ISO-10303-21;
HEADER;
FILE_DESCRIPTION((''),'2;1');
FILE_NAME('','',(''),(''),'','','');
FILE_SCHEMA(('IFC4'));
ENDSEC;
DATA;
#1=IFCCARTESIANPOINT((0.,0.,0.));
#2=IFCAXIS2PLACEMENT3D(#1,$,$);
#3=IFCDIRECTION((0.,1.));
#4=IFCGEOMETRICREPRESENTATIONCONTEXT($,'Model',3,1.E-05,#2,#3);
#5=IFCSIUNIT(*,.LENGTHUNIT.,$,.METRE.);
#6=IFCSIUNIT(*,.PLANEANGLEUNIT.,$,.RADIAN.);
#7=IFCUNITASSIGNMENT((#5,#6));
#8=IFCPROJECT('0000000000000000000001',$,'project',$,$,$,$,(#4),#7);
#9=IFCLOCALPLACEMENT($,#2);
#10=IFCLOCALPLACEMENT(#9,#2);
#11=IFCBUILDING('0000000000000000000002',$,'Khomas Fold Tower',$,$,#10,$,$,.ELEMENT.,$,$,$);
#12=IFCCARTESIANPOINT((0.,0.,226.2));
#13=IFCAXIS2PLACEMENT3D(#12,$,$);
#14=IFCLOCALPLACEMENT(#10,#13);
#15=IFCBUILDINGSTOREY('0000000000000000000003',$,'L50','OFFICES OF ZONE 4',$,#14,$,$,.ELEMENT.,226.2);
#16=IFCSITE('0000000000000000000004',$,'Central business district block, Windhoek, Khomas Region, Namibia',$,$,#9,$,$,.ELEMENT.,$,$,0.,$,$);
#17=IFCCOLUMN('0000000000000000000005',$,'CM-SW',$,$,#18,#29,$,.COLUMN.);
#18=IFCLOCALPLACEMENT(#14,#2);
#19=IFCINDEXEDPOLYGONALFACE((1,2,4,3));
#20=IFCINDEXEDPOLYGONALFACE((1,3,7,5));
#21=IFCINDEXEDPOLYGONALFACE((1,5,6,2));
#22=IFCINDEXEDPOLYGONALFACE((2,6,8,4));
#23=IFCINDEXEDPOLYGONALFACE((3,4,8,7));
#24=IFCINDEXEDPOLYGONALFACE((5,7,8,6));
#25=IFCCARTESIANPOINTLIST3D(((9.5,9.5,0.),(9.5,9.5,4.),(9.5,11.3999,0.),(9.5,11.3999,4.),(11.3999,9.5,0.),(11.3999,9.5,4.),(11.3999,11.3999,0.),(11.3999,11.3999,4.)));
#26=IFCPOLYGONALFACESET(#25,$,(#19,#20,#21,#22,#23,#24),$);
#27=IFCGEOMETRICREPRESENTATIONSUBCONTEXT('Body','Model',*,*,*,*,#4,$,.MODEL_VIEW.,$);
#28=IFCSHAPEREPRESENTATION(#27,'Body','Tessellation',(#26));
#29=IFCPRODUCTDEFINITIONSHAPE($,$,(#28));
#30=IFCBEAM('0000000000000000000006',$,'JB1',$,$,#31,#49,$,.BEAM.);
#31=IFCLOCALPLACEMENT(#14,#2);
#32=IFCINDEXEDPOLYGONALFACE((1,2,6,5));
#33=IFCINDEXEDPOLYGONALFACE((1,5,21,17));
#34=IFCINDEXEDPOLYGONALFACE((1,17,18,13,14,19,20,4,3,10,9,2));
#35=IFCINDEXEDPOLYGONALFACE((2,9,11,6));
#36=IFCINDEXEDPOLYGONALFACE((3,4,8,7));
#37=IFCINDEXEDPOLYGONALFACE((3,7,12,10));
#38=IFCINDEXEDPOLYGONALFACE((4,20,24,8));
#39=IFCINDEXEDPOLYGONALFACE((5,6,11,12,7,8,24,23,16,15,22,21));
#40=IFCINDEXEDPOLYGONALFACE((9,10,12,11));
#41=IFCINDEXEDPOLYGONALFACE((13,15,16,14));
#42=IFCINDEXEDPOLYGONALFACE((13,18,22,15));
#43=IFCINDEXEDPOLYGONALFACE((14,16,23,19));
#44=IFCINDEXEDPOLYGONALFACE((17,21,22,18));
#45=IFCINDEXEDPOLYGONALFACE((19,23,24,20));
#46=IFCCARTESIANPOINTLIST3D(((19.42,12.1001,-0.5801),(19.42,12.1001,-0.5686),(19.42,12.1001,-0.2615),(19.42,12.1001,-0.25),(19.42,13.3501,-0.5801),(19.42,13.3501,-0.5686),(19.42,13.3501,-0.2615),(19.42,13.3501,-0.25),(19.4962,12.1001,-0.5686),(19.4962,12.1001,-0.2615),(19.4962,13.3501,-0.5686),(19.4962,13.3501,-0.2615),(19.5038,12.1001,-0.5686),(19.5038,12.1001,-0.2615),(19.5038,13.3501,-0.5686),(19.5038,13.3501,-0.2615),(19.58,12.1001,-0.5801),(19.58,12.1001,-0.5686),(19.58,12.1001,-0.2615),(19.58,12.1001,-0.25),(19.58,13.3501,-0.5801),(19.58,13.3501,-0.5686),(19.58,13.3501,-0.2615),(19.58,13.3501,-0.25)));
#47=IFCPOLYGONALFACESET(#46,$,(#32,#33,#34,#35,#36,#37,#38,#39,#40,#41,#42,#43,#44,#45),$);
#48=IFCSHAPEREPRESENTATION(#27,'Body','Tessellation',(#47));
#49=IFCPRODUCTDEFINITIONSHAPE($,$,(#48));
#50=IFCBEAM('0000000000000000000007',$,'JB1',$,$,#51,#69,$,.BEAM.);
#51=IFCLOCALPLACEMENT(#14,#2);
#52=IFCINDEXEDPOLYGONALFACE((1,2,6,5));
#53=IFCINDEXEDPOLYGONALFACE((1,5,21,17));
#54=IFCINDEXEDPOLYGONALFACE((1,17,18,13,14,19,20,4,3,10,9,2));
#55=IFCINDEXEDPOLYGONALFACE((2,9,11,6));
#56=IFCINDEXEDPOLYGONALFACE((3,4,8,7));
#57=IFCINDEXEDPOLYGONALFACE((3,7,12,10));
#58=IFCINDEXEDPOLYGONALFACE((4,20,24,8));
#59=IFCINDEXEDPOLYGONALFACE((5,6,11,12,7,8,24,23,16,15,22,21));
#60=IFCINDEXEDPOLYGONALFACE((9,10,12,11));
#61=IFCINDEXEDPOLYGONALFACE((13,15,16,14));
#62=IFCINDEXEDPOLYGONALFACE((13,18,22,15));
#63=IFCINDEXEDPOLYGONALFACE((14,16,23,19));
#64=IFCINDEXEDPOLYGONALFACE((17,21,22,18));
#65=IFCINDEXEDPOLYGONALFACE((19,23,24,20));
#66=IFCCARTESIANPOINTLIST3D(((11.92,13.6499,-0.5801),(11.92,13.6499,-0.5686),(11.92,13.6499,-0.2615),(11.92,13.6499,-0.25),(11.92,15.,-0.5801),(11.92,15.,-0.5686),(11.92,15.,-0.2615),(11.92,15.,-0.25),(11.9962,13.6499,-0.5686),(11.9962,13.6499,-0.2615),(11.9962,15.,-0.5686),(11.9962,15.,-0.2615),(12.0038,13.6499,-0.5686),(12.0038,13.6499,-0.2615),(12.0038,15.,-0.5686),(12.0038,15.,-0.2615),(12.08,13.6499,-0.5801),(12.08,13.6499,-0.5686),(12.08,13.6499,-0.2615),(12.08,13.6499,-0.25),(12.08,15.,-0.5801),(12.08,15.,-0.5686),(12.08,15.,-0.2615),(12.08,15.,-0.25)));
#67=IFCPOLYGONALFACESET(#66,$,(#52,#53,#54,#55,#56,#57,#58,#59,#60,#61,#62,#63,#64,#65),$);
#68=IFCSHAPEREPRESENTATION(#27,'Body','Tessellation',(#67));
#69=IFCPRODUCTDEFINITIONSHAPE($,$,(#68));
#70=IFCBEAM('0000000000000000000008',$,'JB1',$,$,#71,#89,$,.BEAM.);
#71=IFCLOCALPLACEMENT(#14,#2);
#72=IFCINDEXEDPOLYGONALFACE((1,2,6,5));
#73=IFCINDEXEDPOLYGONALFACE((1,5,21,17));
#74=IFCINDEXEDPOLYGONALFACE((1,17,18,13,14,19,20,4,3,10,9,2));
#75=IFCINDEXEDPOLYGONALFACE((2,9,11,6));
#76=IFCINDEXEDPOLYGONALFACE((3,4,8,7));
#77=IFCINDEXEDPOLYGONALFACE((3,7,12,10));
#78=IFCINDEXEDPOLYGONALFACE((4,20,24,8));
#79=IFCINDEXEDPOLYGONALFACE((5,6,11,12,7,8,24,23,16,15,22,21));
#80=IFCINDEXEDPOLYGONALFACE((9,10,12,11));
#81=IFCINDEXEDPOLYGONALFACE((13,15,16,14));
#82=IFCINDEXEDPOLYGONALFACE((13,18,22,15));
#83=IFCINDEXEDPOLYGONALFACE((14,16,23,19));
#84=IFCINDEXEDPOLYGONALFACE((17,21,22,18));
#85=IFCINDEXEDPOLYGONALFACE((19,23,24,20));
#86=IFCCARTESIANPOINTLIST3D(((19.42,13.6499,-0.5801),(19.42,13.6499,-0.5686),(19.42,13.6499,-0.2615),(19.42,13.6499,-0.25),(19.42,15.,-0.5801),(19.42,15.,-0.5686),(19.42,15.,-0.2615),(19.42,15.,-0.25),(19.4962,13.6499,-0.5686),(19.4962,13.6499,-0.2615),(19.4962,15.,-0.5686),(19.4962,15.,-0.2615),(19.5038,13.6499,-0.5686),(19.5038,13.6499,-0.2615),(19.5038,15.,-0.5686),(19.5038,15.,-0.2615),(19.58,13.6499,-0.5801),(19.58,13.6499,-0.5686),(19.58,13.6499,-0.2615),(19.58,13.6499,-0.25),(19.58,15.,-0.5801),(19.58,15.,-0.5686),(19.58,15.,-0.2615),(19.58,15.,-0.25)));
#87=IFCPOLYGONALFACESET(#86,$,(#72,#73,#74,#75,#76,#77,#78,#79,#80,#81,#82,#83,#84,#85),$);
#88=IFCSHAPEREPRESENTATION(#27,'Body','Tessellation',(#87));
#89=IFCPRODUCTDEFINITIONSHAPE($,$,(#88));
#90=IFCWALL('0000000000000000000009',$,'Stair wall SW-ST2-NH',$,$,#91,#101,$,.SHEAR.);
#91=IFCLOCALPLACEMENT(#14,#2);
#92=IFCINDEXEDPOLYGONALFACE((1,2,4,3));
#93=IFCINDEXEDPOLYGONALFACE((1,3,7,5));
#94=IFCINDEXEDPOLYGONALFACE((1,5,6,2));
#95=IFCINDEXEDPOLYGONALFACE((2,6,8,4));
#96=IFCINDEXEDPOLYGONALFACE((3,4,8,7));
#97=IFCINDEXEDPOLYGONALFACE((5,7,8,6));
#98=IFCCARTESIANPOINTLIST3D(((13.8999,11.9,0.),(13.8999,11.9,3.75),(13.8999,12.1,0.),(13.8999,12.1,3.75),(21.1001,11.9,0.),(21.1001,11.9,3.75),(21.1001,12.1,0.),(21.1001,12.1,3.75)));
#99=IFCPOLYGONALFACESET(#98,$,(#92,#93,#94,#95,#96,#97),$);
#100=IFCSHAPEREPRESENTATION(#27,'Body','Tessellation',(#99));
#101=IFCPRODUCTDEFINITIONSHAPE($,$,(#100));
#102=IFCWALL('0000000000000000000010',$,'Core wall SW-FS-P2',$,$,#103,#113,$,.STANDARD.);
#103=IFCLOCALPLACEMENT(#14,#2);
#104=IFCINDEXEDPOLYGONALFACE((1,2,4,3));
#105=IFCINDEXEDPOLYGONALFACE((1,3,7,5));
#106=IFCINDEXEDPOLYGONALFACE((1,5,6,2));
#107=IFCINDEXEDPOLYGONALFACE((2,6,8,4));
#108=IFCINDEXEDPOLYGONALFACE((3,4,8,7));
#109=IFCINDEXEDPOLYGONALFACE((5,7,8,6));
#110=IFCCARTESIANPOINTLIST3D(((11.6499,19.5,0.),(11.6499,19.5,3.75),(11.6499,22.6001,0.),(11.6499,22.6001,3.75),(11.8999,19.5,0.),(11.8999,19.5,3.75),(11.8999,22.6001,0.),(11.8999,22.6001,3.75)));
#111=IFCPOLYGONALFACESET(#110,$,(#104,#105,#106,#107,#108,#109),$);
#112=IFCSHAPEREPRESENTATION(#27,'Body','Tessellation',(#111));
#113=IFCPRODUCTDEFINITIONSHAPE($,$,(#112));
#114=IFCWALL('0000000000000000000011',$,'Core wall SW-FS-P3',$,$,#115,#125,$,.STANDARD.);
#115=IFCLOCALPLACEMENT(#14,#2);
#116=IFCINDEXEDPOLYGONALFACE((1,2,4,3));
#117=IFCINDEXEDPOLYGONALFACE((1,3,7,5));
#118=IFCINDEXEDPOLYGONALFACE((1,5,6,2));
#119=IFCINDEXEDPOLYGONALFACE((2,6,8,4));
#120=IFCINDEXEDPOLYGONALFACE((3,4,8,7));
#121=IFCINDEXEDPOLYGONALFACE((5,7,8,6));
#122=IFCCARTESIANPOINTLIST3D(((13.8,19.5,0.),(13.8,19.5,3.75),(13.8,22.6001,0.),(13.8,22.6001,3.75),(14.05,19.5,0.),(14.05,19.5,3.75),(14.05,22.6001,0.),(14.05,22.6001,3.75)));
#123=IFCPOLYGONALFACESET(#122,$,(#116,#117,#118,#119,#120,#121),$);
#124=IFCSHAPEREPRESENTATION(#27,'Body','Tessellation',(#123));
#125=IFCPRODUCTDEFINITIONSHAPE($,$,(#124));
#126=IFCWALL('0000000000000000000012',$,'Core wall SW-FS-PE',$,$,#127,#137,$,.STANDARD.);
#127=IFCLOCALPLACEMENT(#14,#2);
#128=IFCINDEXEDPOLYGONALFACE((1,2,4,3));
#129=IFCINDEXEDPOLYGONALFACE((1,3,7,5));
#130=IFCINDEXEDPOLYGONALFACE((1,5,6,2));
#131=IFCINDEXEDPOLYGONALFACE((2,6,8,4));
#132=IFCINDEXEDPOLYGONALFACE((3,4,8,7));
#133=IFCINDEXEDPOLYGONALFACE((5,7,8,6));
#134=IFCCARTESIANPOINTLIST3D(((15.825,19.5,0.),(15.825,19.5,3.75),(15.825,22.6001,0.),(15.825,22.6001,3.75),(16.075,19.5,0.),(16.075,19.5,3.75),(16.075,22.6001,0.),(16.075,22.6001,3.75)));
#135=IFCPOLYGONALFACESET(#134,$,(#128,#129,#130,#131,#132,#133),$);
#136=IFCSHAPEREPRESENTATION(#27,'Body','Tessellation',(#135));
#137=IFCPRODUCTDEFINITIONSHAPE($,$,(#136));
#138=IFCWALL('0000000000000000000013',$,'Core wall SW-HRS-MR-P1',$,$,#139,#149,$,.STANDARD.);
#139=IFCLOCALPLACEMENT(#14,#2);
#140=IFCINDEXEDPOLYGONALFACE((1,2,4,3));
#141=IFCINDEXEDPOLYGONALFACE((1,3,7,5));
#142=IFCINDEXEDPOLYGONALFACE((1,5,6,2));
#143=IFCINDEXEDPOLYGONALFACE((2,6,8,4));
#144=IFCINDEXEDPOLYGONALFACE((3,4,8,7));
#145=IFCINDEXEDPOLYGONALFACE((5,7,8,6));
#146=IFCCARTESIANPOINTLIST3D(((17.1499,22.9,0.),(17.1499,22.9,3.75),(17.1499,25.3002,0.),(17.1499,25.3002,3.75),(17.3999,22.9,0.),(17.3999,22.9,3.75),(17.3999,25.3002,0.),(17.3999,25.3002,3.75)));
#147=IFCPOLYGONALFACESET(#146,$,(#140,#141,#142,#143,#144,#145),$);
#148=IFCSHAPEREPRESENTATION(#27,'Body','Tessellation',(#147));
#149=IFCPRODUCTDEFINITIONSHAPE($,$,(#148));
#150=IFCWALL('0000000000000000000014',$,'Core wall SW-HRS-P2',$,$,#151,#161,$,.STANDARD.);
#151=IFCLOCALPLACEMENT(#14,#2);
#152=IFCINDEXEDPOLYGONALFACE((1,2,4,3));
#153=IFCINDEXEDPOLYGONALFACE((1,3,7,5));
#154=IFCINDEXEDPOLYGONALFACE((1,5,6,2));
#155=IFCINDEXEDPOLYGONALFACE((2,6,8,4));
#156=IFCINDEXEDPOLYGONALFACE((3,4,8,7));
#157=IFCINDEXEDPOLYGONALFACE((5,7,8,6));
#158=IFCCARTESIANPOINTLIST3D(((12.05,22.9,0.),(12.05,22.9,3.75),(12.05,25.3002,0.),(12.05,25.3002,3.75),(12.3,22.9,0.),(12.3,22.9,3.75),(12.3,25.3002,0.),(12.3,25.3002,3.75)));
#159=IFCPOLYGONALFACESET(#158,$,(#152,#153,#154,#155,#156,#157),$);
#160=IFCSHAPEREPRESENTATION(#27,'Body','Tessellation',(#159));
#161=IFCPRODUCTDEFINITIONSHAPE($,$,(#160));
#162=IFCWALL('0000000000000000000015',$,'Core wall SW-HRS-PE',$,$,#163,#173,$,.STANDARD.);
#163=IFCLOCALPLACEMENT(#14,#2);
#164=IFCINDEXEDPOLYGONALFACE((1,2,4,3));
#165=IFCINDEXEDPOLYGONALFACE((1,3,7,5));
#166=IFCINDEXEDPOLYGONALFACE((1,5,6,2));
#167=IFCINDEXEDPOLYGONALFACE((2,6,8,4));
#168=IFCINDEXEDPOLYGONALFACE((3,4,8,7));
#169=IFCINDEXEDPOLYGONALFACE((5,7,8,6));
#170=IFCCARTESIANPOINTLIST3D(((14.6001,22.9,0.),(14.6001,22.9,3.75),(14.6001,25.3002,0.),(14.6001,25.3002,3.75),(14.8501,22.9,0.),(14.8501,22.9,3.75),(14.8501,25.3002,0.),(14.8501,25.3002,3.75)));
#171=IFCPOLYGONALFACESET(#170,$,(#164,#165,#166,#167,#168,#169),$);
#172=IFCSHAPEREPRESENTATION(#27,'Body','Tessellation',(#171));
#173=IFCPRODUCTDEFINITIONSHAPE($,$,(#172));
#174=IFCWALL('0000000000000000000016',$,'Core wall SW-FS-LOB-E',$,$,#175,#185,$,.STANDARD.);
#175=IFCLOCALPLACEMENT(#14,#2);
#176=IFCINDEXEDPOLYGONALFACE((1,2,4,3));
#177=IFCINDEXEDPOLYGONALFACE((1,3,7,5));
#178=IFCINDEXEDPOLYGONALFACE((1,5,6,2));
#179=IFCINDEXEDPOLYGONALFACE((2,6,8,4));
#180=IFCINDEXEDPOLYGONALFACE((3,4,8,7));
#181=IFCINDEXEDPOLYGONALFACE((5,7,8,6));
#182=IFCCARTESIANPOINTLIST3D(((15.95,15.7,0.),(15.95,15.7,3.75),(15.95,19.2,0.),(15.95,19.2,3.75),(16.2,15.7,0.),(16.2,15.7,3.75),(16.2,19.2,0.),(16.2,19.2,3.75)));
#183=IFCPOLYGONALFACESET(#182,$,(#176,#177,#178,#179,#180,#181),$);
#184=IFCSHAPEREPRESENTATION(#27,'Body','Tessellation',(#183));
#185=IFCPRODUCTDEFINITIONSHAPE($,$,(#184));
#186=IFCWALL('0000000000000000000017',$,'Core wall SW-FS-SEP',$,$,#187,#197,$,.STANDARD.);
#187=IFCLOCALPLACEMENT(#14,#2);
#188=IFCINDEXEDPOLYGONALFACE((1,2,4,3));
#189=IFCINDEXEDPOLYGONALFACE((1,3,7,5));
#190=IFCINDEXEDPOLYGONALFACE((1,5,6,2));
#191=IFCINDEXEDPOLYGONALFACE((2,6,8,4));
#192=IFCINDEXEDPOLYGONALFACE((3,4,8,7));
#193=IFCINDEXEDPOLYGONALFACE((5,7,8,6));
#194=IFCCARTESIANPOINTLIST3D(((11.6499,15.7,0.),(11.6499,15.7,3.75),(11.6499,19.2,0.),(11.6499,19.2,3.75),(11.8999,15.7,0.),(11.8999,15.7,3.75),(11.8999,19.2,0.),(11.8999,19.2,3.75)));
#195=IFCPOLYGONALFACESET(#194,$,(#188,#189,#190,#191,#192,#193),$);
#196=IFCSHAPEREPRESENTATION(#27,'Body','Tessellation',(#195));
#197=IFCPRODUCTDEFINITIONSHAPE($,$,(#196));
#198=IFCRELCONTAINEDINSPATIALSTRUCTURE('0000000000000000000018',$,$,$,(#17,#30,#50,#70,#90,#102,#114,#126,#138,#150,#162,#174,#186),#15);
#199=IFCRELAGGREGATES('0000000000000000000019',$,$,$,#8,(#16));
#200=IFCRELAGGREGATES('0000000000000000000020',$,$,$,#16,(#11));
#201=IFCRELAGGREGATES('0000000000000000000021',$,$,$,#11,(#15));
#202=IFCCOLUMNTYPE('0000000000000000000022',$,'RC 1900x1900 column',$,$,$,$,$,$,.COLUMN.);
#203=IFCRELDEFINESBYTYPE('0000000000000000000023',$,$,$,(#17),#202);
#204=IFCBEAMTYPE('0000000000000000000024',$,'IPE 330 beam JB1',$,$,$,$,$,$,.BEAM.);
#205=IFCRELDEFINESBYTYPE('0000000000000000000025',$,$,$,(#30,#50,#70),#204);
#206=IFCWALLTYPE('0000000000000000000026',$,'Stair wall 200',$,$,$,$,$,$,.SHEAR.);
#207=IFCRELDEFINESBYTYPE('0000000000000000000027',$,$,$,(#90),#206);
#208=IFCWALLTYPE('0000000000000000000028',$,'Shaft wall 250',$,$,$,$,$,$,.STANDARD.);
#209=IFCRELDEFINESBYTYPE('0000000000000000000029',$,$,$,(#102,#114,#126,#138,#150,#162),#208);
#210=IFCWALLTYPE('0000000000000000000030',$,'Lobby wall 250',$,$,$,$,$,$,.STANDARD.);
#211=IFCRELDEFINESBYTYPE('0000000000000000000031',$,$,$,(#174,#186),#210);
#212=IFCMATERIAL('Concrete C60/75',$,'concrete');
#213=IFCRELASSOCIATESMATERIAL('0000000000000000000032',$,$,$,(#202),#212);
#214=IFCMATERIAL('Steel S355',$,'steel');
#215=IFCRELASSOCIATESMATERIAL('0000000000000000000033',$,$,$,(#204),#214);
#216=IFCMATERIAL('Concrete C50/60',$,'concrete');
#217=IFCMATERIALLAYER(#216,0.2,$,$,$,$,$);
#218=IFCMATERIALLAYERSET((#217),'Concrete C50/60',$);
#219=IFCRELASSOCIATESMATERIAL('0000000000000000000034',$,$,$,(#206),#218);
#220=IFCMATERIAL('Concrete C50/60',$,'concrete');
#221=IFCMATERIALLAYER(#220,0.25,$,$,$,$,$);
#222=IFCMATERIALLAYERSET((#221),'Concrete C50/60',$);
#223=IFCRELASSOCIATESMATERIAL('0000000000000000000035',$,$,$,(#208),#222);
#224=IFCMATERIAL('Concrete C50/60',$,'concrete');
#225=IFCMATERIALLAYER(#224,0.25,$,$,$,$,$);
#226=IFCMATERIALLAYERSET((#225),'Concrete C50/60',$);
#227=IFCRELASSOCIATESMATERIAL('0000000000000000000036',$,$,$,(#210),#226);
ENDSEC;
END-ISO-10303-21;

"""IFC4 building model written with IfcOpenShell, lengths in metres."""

from ifc_helpers import new_model, si_unit, direction, frame, frame_2d, origin, origin_2d, place, context, subcontext, project, spatial, rectangle, i_section, extrude, source, transform, mapped, material, layer, layer_set, material_profile, profile_set, type_object, element, save


model = new_model("IFC4")

# Units and contexts
model_context = context("Model", 3, precision=1e-05, world=origin(), true_north=direction((0.0, 1.0)))
body_context = subcontext(model_context, "Body", "Model", "MODEL_VIEW")
ifc_project = project(units=[si_unit("LENGTHUNIT", "METRE"), si_unit("PLANEANGLEUNIT", "RADIAN")], contexts=[model_context])

# Site, building, storey
site_placement = place(None, origin())
site = spatial("IfcSite", under=ifc_project, at=site_placement, Name="Central business district block, Windhoek, Khomas Region, Namibia", CompositionType="ELEMENT", RefElevation=0.0)
building_placement = place(site_placement, origin())
building = spatial("IfcBuilding", under=site, at=building_placement, Name="Khomas Fold Tower", CompositionType="ELEMENT")
storey_placement = place(building_placement, frame((0.0, 0.0, 226.2)))
storey = spatial("IfcBuildingStorey", under=building, at=storey_placement, Name="L50", Description="OFFICES OF ZONE 4", CompositionType="ELEMENT", Elevation=226.2)

# Column
ifc_material_1 = material(Name="Concrete C60/75", Category="concrete")
ifc_material_profile_1 = material_profile(ifc_material_1, rectangle(XDim=1.8999, YDim=1.8999, at=origin_2d()), Name="RC 1900x1900")
ifc_profile_set_1 = profile_set([ifc_material_profile_1], Name="Concrete C60/75")
column_type = type_object("IfcColumnType", Name="RC 1900x1900 column", PredefinedType="COLUMN", material=ifc_profile_set_1)
shared_shape_1 = source(origin(), body_context, "Body", "SweptSolid", [
    extrude(rectangle(XDim=1.8999, YDim=1.8999, at=origin_2d()), origin(), (0.0, 0.0, 1.0), 4.0),
])
column_placement = place(storey_placement, frame((10.45, 10.45, 0.0), z_axis=(0.0, 0.0, 1.0), x_axis=(1.0, 0.0, 0.0)))
element("IfcColumn", 1, at=column_placement, inside=storey, type_object=column_type, Name="CM-SW", PredefinedType="COLUMN", context=body_context, shape_type="MappedRepresentation", body=[
    mapped(shared_shape_1, transform((0.0, 0.0, 0.0))),
])

# Beams
ifc_material_2 = material(Name="Steel S355", Category="steel")
ifc_material_profile_2 = material_profile(ifc_material_2, i_section(OverallWidth=0.1599, OverallDepth=0.3301, WebThickness=0.0076, FlangeThickness=0.0115, at=origin_2d()), Name="IPE 330")
ifc_profile_set_2 = profile_set([ifc_material_profile_2], Name="Steel S355")
beam_type = type_object("IfcBeamType", Name="IPE 330 beam JB1", PredefinedType="BEAM", material=ifc_profile_set_2)
shared_shape_2 = source(origin(), body_context, "Body", "SweptSolid", [
    extrude(i_section(OverallWidth=0.1599, OverallDepth=0.3301, WebThickness=0.0076, FlangeThickness=0.0115, at=origin_2d()), origin(), (0.0, 0.0, 1.0), 1.25),
])
beam_placement = place(storey_placement, frame((19.5, 12.1001, -0.415), z_axis=(0.0, 1.0, 0.0), x_axis=(-1.0, 0.0, 0.0)))
element("IfcBeam", 2, at=beam_placement, inside=storey, type_object=beam_type, Name="JB1", PredefinedType="BEAM", context=body_context, shape_type="MappedRepresentation", body=[
    mapped(shared_shape_2, transform((0.0, 0.0, 0.0))),
])
shared_shape_3 = source(origin(), body_context, "Body", "SweptSolid", [
    extrude(i_section(OverallWidth=0.1599, OverallDepth=0.3301, WebThickness=0.0076, FlangeThickness=0.0115, at=origin_2d()), origin(), (0.0, 0.0, 1.0), 1.3501),
])
for number, where, z_axis, x_axis, name in (
    (3, (12.0, 13.6499, -0.415), (0.0, 1.0, 0.0), (-1.0, 0.0, 0.0), "JB1"),
    (4, (19.5, 13.6499, -0.415), (0.0, 1.0, 0.0), (-1.0, 0.0, 0.0), "JB1"),
):
    element("IfcBeam", number, at=place(storey_placement, frame(where, z_axis=z_axis, x_axis=x_axis)), inside=storey, type_object=beam_type, Name=name, PredefinedType="BEAM", context=body_context, shape_type="MappedRepresentation", body=[
        mapped(shared_shape_3, transform((0.0, 0.0, 0.0))),
    ])

# Walls
ifc_material_3 = material(Name="Concrete C50/60", Category="concrete")
ifc_layer_1 = layer(ifc_material_3, 0.2)
ifc_layer_set_1 = layer_set([ifc_layer_1], Name="Concrete C50/60")
wall_type_1 = type_object("IfcWallType", Name="Stair wall 200", PredefinedType="SHEAR", material=ifc_layer_set_1)
shared_shape_4 = source(origin(), body_context, "Body", "SweptSolid", [
    extrude(rectangle(XDim=7.2002, YDim=0.2, at=frame_2d((3.6001, 0.0))), origin(), (0.0, 0.0, 1.0), 3.75),
])
wall_1_placement = place(storey_placement, frame((13.8999, 12.0, 0.0), z_axis=(0.0, 0.0, 1.0), x_axis=(1.0, 0.0, 0.0)))
element("IfcWall", 5, at=wall_1_placement, inside=storey, type_object=wall_type_1, Name="Stair wall SW-ST2-NH", PredefinedType="SHEAR", context=body_context, shape_type="MappedRepresentation", body=[
    mapped(shared_shape_4, transform((0.0, 0.0, 0.0))),
])
ifc_material_4 = material(Name="Concrete C50/60", Category="concrete")
ifc_layer_2 = layer(ifc_material_4, 0.25)
ifc_layer_set_2 = layer_set([ifc_layer_2], Name="Concrete C50/60")
wall_type_2 = type_object("IfcWallType", Name="Shaft wall 250", PredefinedType="STANDARD", material=ifc_layer_set_2)
shared_shape_5 = source(origin(), body_context, "Body", "SweptSolid", [
    extrude(rectangle(XDim=3.1001, YDim=0.25, at=frame_2d((1.55, 0.0))), origin(), (0.0, 0.0, 1.0), 3.75),
])
for number, where, z_axis, x_axis, name in (
    (6, (11.7749, 19.5, 0.0), (0.0, 0.0, 1.0), (0.0, 1.0, 0.0), "Core wall SW-FS-P2"),
    (7, (13.925, 19.5, 0.0), (0.0, 0.0, 1.0), (0.0, 1.0, 0.0), "Core wall SW-FS-P3"),
    (8, (15.95, 19.5, 0.0), (0.0, 0.0, 1.0), (0.0, 1.0, 0.0), "Core wall SW-FS-PE"),
):
    element("IfcWall", number, at=place(storey_placement, frame(where, z_axis=z_axis, x_axis=x_axis)), inside=storey, type_object=wall_type_2, Name=name, PredefinedType="STANDARD", context=body_context, shape_type="MappedRepresentation", body=[
        mapped(shared_shape_5, transform((0.0, 0.0, 0.0))),
    ])
shared_shape_6 = source(origin(), body_context, "Body", "SweptSolid", [
    extrude(rectangle(XDim=2.4001, YDim=0.25, at=frame_2d((1.2002, 0.0))), origin(), (0.0, 0.0, 1.0), 3.75),
])
for number, where, z_axis, x_axis, name in (
    (9, (17.2749, 22.8999, 0.0), (0.0, 0.0, 1.0), (0.0, 1.0, 0.0), "Core wall SW-HRS-MR-P1"),
    (10, (12.175, 22.8999, 0.0), (0.0, 0.0, 1.0), (0.0, 1.0, 0.0), "Core wall SW-HRS-P2"),
    (11, (14.7251, 22.8999, 0.0), (0.0, 0.0, 1.0), (0.0, 1.0, 0.0), "Core wall SW-HRS-PE"),
):
    element("IfcWall", number, at=place(storey_placement, frame(where, z_axis=z_axis, x_axis=x_axis)), inside=storey, type_object=wall_type_2, Name=name, PredefinedType="STANDARD", context=body_context, shape_type="MappedRepresentation", body=[
        mapped(shared_shape_6, transform((0.0, 0.0, 0.0))),
    ])
ifc_material_5 = material(Name="Concrete C50/60", Category="concrete")
ifc_layer_3 = layer(ifc_material_5, 0.25)
ifc_layer_set_3 = layer_set([ifc_layer_3], Name="Concrete C50/60")
wall_type_3 = type_object("IfcWallType", Name="Lobby wall 250", PredefinedType="STANDARD", material=ifc_layer_set_3)
shared_shape_7 = source(origin(), body_context, "Body", "SweptSolid", [
    extrude(rectangle(XDim=3.5, YDim=0.25, at=frame_2d((1.75, 0.0))), origin(), (0.0, 0.0, 1.0), 3.75),
])
for number, where, z_axis, x_axis, name in (
    (12, (16.075, 15.7, 0.0), (0.0, 0.0, 1.0), (0.0, 1.0, 0.0), "Core wall SW-FS-LOB-E"),
    (13, (11.7749, 15.7, 0.0), (0.0, 0.0, 1.0), (0.0, 1.0, 0.0), "Core wall SW-FS-SEP"),
):
    element("IfcWall", number, at=place(storey_placement, frame(where, z_axis=z_axis, x_axis=x_axis)), inside=storey, type_object=wall_type_3, Name=name, PredefinedType="STANDARD", context=body_context, shape_type="MappedRepresentation", body=[
        mapped(shared_shape_7, transform((0.0, 0.0, 0.0))),
    ])

save(model, "model.ifc")
